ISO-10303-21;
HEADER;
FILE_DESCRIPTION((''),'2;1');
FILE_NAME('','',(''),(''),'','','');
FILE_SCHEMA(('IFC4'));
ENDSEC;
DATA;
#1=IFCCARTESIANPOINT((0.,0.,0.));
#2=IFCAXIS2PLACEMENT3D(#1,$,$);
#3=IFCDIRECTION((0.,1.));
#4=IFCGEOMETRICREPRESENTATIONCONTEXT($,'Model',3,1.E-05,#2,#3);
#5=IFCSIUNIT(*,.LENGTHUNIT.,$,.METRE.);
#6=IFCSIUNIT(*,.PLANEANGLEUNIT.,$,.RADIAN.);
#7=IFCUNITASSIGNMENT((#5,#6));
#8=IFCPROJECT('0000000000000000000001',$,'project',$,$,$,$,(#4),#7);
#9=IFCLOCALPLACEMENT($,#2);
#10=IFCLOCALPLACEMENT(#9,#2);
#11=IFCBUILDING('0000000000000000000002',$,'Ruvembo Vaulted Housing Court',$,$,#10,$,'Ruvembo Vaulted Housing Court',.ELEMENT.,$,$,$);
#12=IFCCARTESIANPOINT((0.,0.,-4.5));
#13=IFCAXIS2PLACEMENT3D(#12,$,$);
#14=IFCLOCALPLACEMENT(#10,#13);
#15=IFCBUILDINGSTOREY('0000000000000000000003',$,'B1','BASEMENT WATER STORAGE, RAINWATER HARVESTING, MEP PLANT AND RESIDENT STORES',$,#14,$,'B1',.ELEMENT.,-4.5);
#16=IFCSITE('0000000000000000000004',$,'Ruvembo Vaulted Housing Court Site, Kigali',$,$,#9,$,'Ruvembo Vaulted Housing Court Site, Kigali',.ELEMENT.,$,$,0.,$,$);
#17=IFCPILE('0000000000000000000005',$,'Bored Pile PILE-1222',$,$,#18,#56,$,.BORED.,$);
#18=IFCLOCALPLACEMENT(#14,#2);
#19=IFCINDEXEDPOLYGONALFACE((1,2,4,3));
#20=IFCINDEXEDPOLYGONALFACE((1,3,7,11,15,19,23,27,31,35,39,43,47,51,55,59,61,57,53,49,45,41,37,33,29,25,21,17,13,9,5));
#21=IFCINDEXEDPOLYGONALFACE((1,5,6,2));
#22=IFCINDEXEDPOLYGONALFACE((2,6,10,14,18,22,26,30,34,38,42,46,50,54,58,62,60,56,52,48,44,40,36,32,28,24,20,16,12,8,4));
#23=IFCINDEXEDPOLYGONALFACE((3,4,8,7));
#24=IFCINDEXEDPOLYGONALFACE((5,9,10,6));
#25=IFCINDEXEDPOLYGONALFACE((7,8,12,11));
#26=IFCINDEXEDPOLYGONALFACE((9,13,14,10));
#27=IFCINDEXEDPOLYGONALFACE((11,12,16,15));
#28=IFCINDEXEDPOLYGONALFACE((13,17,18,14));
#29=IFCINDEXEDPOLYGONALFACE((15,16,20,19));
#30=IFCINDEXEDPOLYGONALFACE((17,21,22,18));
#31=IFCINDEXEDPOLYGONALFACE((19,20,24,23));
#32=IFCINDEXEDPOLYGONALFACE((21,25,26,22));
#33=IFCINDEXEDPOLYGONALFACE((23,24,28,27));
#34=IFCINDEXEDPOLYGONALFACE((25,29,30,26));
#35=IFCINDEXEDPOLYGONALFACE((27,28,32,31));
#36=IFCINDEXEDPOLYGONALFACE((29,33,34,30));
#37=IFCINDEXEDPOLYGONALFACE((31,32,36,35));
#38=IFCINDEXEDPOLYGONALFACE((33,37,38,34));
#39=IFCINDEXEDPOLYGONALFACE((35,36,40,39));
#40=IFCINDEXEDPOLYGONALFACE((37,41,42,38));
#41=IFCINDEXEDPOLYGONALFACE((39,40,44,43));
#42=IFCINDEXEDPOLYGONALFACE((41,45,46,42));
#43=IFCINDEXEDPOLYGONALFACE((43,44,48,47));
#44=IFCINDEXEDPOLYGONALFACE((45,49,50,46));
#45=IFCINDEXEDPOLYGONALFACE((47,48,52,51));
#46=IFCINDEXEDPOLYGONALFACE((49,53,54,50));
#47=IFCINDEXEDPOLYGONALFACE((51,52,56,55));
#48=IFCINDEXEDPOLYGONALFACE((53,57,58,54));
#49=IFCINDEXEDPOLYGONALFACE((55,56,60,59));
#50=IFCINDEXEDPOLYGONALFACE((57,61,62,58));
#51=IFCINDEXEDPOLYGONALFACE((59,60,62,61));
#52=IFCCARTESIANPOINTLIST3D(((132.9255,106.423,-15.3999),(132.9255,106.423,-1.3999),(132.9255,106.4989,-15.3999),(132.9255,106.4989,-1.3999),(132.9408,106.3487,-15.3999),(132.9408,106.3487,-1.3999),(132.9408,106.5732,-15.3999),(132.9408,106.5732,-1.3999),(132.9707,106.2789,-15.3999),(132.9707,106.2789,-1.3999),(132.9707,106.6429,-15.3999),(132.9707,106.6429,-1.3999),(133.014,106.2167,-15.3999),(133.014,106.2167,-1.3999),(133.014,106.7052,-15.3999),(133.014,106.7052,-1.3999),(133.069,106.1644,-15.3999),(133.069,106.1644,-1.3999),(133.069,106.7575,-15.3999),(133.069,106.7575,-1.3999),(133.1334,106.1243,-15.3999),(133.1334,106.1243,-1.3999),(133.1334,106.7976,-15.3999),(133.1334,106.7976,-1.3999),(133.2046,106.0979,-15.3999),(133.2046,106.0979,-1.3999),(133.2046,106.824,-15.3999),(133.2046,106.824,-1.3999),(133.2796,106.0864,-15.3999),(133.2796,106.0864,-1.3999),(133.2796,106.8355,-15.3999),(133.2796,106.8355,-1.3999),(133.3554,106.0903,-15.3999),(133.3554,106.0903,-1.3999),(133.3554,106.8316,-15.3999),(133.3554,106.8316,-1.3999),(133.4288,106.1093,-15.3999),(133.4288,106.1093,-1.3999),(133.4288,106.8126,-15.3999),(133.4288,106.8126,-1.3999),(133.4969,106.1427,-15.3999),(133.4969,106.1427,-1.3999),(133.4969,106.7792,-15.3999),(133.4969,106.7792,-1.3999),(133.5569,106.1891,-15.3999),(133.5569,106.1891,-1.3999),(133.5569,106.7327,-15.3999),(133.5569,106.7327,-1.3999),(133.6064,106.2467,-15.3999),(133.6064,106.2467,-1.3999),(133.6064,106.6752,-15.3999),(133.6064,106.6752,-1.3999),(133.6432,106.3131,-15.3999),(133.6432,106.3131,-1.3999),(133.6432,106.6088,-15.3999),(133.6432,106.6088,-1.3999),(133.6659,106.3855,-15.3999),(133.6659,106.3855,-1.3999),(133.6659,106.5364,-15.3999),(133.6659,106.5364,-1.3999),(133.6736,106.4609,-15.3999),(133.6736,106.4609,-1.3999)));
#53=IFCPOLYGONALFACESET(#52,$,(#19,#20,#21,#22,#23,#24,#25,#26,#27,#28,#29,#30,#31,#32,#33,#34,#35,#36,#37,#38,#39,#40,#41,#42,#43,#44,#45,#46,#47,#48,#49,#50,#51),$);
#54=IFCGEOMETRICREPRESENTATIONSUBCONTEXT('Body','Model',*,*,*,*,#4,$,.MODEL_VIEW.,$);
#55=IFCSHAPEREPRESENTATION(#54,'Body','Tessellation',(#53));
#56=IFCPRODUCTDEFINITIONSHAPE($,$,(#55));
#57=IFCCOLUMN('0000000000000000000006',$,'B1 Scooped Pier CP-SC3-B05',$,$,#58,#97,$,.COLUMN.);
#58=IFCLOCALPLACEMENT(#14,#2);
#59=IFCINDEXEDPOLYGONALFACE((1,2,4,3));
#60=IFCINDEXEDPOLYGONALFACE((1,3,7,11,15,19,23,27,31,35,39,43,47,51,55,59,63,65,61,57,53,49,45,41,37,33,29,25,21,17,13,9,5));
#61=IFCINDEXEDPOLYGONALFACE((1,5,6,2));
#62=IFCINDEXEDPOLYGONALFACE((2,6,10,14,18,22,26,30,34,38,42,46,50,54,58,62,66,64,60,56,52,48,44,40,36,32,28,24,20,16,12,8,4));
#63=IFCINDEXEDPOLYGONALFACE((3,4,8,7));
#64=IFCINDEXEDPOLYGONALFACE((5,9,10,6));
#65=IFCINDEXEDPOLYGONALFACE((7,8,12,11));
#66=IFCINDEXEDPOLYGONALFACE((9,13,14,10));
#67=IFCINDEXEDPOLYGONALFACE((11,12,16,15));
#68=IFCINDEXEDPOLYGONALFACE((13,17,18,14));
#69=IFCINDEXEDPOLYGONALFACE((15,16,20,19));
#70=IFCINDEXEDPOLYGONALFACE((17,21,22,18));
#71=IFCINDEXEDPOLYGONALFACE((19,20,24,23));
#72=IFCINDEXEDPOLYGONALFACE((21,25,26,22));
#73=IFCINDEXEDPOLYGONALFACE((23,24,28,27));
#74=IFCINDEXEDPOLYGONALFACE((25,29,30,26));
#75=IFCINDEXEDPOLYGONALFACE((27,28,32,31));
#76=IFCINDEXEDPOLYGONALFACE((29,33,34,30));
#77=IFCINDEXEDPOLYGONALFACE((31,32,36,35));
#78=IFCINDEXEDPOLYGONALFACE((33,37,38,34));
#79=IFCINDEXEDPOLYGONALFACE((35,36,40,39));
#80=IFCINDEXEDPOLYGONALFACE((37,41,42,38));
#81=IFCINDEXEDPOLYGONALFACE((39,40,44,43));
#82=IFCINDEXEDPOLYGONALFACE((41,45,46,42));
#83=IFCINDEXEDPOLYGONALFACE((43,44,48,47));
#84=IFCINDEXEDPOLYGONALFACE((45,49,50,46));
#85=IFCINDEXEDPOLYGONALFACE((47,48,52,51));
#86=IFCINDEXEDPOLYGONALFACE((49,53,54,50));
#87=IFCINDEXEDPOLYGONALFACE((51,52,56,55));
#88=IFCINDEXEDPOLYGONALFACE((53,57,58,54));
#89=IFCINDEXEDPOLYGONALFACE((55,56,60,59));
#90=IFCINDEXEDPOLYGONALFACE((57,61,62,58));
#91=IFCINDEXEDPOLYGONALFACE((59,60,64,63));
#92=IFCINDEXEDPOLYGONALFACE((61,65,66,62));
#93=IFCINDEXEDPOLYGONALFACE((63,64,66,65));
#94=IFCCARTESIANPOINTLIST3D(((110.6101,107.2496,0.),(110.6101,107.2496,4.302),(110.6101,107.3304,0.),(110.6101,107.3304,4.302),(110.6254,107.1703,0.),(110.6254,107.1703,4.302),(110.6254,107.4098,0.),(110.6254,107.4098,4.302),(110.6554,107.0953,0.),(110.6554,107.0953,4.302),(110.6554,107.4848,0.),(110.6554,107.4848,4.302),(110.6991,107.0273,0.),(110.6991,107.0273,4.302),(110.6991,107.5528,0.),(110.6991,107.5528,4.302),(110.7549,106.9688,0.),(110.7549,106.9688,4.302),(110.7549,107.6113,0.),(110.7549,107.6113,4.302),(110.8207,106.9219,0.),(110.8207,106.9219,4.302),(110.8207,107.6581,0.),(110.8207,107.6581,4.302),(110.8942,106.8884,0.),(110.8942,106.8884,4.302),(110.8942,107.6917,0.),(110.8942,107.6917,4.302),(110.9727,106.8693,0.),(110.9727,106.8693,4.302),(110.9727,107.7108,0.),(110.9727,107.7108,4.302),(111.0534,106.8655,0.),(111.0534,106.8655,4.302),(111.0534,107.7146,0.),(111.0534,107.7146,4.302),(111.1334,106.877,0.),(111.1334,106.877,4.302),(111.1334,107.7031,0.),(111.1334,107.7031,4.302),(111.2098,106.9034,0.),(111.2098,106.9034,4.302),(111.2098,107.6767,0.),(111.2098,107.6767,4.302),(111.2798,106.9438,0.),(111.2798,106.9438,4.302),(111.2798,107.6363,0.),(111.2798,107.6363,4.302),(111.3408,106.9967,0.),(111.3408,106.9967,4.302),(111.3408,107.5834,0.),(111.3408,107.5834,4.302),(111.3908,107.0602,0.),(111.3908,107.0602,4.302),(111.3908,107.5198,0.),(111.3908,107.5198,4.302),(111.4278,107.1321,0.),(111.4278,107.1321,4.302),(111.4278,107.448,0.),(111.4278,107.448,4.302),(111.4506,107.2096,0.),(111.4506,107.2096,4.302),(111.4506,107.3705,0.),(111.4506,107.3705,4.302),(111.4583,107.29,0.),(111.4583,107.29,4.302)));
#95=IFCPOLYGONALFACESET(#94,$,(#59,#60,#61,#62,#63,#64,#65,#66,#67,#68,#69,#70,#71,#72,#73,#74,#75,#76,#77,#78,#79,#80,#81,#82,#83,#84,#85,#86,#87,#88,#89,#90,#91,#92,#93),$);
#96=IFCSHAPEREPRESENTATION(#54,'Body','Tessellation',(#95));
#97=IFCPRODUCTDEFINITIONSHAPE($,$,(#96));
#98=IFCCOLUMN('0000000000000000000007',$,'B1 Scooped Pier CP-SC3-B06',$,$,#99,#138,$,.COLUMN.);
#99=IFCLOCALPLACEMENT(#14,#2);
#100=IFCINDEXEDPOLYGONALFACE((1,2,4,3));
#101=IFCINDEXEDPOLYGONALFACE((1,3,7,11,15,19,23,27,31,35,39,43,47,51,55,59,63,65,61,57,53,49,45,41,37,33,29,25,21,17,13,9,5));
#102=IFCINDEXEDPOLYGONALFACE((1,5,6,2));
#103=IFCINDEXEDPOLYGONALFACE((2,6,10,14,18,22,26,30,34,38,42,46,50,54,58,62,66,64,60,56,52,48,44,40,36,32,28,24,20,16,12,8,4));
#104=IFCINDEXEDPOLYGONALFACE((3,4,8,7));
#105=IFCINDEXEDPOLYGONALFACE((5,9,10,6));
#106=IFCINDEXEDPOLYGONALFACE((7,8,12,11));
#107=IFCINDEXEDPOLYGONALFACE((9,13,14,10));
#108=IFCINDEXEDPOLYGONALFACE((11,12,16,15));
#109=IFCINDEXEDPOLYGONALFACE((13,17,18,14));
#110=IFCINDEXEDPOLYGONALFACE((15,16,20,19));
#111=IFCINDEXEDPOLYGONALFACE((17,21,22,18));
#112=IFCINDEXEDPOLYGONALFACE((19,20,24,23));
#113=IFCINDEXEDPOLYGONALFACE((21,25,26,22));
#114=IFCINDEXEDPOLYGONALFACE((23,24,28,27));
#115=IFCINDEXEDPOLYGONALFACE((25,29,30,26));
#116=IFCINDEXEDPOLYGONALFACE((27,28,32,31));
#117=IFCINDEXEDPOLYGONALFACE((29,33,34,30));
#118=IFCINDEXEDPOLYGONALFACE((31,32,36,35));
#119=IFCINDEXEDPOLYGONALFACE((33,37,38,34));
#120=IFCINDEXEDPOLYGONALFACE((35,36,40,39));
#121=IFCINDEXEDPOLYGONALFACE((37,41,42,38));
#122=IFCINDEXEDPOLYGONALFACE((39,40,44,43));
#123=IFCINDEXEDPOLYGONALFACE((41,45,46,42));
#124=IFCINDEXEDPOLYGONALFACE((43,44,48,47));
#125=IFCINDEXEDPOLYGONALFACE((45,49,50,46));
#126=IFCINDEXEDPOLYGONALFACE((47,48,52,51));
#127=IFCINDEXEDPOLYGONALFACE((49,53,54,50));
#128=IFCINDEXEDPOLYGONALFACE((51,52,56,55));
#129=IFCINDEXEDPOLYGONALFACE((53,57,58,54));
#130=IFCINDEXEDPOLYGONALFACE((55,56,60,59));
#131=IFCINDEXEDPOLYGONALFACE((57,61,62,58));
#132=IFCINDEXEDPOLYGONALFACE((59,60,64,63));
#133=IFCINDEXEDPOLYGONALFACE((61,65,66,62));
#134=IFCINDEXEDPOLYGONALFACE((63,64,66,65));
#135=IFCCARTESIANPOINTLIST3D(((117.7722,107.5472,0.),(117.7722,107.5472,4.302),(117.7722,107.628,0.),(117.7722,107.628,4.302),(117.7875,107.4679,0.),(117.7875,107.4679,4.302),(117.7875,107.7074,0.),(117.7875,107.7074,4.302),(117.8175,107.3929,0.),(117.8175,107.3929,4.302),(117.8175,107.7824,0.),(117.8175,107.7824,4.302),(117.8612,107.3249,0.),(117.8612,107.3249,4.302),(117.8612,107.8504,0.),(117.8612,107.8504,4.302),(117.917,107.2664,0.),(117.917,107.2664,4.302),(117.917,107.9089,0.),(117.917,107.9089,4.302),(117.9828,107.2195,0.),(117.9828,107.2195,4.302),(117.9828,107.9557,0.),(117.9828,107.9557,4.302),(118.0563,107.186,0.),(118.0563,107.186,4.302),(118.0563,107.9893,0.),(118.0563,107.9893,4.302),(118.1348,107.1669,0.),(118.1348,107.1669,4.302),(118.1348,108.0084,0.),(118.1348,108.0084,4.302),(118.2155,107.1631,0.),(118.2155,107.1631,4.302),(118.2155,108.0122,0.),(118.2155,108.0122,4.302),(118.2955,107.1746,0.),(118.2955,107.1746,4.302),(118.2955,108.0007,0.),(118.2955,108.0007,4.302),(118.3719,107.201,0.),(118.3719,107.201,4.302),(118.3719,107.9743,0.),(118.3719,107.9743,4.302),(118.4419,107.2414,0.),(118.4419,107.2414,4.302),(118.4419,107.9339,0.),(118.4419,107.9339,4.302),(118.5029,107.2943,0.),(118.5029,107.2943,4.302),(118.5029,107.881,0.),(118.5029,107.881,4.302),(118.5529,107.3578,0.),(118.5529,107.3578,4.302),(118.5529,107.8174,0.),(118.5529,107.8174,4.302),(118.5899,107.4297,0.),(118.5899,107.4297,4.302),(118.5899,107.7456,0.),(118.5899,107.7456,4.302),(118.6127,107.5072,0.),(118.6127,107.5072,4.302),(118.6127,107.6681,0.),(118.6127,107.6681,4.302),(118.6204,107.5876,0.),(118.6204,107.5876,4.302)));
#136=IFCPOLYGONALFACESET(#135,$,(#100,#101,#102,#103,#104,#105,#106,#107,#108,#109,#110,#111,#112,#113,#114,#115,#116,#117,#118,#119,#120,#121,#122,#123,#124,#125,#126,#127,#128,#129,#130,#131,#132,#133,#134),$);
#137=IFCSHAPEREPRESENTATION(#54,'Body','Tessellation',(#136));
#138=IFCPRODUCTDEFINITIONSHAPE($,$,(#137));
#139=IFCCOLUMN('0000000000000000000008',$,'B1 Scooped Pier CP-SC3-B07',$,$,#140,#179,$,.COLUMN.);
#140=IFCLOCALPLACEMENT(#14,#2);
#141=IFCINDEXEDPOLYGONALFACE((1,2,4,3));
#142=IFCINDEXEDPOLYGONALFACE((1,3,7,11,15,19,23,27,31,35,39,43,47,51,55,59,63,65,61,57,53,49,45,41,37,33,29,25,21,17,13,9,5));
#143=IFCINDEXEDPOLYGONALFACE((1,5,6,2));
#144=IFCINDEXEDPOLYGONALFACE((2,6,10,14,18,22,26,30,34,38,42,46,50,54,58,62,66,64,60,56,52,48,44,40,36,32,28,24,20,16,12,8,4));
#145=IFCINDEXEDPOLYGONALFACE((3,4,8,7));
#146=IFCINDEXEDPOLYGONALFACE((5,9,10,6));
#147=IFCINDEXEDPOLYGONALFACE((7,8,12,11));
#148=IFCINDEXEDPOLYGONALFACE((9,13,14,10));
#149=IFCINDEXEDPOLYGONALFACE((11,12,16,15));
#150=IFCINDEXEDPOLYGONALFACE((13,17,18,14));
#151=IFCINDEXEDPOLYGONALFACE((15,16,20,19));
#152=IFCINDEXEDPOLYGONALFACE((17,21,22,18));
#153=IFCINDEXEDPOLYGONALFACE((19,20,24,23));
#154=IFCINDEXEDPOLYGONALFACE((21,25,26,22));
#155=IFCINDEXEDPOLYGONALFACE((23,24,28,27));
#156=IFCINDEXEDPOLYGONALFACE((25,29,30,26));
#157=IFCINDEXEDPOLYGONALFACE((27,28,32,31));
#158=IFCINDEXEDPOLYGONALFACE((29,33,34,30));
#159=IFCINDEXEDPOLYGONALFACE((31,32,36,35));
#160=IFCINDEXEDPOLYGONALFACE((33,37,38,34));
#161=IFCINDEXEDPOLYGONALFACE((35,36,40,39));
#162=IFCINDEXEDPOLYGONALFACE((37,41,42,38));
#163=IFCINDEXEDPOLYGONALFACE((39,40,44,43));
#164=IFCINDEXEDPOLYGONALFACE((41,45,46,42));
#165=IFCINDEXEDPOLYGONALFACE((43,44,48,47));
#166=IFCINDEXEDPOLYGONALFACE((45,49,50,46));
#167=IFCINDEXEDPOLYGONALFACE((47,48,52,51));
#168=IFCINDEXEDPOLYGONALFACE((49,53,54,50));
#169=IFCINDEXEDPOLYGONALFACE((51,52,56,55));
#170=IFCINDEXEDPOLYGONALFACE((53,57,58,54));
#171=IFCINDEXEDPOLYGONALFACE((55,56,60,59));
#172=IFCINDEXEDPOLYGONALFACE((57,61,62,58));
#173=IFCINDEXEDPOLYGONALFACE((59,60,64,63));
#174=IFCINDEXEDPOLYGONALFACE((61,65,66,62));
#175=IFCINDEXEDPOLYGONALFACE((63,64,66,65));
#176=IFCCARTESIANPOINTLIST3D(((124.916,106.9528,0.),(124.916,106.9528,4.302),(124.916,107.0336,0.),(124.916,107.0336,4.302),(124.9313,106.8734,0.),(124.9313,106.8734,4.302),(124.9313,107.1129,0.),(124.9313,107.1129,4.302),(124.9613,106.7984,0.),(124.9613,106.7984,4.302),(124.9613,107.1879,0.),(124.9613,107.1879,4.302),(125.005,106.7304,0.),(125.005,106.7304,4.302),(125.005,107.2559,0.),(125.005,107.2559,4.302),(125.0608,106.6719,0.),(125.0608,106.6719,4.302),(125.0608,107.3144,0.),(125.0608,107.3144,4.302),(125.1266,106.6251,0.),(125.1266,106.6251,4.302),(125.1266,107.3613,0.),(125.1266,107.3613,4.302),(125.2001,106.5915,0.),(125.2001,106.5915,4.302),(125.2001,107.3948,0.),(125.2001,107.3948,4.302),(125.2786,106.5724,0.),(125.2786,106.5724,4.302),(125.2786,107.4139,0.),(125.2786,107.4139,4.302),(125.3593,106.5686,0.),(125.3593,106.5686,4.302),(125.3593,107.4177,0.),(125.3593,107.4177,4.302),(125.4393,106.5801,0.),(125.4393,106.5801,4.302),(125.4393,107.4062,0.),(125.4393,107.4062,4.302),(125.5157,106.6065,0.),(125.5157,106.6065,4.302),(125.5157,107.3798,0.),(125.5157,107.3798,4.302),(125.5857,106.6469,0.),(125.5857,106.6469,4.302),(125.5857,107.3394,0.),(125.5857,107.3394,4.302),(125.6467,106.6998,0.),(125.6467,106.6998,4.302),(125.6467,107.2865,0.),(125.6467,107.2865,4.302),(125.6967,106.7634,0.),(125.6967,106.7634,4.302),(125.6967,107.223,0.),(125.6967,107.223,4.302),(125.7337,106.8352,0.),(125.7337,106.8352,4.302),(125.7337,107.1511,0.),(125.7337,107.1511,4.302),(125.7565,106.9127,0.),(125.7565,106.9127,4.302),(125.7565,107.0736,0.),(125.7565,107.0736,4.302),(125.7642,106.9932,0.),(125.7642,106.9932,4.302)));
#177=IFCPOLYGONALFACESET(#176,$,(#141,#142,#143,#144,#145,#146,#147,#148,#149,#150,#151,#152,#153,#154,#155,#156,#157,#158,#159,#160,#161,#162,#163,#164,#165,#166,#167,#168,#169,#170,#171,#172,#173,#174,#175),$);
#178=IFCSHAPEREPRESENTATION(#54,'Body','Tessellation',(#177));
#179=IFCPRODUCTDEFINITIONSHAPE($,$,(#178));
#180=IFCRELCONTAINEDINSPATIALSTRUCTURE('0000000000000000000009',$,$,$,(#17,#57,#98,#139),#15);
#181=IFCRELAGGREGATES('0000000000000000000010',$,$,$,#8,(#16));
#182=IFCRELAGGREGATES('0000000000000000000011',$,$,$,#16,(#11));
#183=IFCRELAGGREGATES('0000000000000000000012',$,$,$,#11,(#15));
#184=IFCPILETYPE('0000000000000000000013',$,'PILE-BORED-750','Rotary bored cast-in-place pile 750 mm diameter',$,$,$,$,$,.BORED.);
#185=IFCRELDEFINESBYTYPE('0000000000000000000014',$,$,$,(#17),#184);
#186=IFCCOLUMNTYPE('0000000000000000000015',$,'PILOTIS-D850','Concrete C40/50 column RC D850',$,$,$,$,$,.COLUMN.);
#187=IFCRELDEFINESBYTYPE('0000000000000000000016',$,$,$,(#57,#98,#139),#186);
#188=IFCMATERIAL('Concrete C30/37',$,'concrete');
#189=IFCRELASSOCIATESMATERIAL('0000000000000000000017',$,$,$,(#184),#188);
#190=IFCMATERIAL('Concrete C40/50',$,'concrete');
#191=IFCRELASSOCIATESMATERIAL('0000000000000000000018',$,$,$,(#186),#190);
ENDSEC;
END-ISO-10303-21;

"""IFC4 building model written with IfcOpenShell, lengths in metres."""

from ifc_helpers import new_model, si_unit, direction, frame, origin, origin_2d, place, context, subcontext, project, spatial, circle, extrude, material, material_profile, profile_set, type_object, element, save


model = new_model("IFC4")

# Units and contexts
model_context = context("Model", 3, precision=1e-05, world=origin(), true_north=direction((0.0, 1.0)))
body_context = subcontext(model_context, "Body", "Model", "MODEL_VIEW")
ifc_project = project(units=[si_unit("LENGTHUNIT", "METRE"), si_unit("PLANEANGLEUNIT", "RADIAN")], contexts=[model_context])

# Site, building, storey
site_placement = place(None, origin())
site = spatial("IfcSite", under=ifc_project, at=site_placement, Name="Ruvembo Vaulted Housing Court Site, Kigali", LongName="Ruvembo Vaulted Housing Court Site, Kigali", CompositionType="ELEMENT", RefElevation=0.0)
building_placement = place(site_placement, origin())
building = spatial("IfcBuilding", under=site, at=building_placement, Name="Ruvembo Vaulted Housing Court", LongName="Ruvembo Vaulted Housing Court", CompositionType="ELEMENT")
storey_placement = place(building_placement, frame((0.0, 0.0, -4.5)))
storey = spatial("IfcBuildingStorey", under=building, at=storey_placement, Name="B1", Description="BASEMENT WATER STORAGE, RAINWATER HARVESTING, MEP PLANT AND RESIDENT STORES", LongName="B1", CompositionType="ELEMENT", Elevation=-4.5)

# Pile
ifc_material_1 = material(Name="Concrete C30/37", Category="concrete")
ifc_material_profile_1 = material_profile(ifc_material_1, circle(Radius=0.375, at=origin_2d()), Name="PILE D750")
ifc_profile_set_1 = profile_set([ifc_material_profile_1], Name="Concrete C30/37")
pile_type = type_object("IfcPileType", Name="PILE-BORED-750", Description="Rotary bored cast-in-place pile 750 mm diameter", PredefinedType="BORED", material=ifc_profile_set_1)
for number, where, z_axis, x_axis, name in (
    (1, (133.2986, 106.4609, -1.3999), (0.0, 0.0, -1.0), (1.0, 0.0, 0.0), "Bored Pile PILE-1222"),
):
    element("IfcPile", number, at=place(storey_placement, frame(where, z_axis=z_axis, x_axis=x_axis)), inside=storey, type_object=pile_type, Name=name, PredefinedType="BORED", context=body_context, shape_type="SweptSolid", body=[
        extrude(circle(Radius=0.375, at=origin_2d()), origin(), (0.0, 0.0, 1.0), 14.0),
    ])

# Columns
ifc_material_2 = material(Name="Concrete C40/50", Category="concrete")
ifc_material_profile_2 = material_profile(ifc_material_2, circle(Radius=0.425, at=origin_2d()), Name="RC D850")
ifc_profile_set_2 = profile_set([ifc_material_profile_2], Name="Concrete C40/50")
column_type = type_object("IfcColumnType", Name="PILOTIS-D850", Description="Concrete C40/50 column RC D850", PredefinedType="COLUMN", material=ifc_profile_set_2)
for number, where, z_axis, x_axis, name in (
    (2, (111.0332, 107.29, 0.0), (0.0, 0.0, 1.0), (1.0, 0.0, 0.0), "B1 Scooped Pier CP-SC3-B05"),
    (3, (118.1953, 107.5876, 0.0), (0.0, 0.0, 1.0), (1.0, 0.0, 0.0), "B1 Scooped Pier CP-SC3-B06"),
    (4, (125.3391, 106.9932, 0.0), (0.0, 0.0, 1.0), (1.0, 0.0, 0.0), "B1 Scooped Pier CP-SC3-B07"),
):
    element("IfcColumn", number, at=place(storey_placement, frame(where, z_axis=z_axis, x_axis=x_axis)), inside=storey, type_object=column_type, Name=name, PredefinedType="COLUMN", context=body_context, shape_type="SweptSolid", body=[
        extrude(circle(Radius=0.425, at=origin_2d()), origin(), (0.0, 0.0, 1.0), 4.302),
    ])

save(model, "model.ifc")
